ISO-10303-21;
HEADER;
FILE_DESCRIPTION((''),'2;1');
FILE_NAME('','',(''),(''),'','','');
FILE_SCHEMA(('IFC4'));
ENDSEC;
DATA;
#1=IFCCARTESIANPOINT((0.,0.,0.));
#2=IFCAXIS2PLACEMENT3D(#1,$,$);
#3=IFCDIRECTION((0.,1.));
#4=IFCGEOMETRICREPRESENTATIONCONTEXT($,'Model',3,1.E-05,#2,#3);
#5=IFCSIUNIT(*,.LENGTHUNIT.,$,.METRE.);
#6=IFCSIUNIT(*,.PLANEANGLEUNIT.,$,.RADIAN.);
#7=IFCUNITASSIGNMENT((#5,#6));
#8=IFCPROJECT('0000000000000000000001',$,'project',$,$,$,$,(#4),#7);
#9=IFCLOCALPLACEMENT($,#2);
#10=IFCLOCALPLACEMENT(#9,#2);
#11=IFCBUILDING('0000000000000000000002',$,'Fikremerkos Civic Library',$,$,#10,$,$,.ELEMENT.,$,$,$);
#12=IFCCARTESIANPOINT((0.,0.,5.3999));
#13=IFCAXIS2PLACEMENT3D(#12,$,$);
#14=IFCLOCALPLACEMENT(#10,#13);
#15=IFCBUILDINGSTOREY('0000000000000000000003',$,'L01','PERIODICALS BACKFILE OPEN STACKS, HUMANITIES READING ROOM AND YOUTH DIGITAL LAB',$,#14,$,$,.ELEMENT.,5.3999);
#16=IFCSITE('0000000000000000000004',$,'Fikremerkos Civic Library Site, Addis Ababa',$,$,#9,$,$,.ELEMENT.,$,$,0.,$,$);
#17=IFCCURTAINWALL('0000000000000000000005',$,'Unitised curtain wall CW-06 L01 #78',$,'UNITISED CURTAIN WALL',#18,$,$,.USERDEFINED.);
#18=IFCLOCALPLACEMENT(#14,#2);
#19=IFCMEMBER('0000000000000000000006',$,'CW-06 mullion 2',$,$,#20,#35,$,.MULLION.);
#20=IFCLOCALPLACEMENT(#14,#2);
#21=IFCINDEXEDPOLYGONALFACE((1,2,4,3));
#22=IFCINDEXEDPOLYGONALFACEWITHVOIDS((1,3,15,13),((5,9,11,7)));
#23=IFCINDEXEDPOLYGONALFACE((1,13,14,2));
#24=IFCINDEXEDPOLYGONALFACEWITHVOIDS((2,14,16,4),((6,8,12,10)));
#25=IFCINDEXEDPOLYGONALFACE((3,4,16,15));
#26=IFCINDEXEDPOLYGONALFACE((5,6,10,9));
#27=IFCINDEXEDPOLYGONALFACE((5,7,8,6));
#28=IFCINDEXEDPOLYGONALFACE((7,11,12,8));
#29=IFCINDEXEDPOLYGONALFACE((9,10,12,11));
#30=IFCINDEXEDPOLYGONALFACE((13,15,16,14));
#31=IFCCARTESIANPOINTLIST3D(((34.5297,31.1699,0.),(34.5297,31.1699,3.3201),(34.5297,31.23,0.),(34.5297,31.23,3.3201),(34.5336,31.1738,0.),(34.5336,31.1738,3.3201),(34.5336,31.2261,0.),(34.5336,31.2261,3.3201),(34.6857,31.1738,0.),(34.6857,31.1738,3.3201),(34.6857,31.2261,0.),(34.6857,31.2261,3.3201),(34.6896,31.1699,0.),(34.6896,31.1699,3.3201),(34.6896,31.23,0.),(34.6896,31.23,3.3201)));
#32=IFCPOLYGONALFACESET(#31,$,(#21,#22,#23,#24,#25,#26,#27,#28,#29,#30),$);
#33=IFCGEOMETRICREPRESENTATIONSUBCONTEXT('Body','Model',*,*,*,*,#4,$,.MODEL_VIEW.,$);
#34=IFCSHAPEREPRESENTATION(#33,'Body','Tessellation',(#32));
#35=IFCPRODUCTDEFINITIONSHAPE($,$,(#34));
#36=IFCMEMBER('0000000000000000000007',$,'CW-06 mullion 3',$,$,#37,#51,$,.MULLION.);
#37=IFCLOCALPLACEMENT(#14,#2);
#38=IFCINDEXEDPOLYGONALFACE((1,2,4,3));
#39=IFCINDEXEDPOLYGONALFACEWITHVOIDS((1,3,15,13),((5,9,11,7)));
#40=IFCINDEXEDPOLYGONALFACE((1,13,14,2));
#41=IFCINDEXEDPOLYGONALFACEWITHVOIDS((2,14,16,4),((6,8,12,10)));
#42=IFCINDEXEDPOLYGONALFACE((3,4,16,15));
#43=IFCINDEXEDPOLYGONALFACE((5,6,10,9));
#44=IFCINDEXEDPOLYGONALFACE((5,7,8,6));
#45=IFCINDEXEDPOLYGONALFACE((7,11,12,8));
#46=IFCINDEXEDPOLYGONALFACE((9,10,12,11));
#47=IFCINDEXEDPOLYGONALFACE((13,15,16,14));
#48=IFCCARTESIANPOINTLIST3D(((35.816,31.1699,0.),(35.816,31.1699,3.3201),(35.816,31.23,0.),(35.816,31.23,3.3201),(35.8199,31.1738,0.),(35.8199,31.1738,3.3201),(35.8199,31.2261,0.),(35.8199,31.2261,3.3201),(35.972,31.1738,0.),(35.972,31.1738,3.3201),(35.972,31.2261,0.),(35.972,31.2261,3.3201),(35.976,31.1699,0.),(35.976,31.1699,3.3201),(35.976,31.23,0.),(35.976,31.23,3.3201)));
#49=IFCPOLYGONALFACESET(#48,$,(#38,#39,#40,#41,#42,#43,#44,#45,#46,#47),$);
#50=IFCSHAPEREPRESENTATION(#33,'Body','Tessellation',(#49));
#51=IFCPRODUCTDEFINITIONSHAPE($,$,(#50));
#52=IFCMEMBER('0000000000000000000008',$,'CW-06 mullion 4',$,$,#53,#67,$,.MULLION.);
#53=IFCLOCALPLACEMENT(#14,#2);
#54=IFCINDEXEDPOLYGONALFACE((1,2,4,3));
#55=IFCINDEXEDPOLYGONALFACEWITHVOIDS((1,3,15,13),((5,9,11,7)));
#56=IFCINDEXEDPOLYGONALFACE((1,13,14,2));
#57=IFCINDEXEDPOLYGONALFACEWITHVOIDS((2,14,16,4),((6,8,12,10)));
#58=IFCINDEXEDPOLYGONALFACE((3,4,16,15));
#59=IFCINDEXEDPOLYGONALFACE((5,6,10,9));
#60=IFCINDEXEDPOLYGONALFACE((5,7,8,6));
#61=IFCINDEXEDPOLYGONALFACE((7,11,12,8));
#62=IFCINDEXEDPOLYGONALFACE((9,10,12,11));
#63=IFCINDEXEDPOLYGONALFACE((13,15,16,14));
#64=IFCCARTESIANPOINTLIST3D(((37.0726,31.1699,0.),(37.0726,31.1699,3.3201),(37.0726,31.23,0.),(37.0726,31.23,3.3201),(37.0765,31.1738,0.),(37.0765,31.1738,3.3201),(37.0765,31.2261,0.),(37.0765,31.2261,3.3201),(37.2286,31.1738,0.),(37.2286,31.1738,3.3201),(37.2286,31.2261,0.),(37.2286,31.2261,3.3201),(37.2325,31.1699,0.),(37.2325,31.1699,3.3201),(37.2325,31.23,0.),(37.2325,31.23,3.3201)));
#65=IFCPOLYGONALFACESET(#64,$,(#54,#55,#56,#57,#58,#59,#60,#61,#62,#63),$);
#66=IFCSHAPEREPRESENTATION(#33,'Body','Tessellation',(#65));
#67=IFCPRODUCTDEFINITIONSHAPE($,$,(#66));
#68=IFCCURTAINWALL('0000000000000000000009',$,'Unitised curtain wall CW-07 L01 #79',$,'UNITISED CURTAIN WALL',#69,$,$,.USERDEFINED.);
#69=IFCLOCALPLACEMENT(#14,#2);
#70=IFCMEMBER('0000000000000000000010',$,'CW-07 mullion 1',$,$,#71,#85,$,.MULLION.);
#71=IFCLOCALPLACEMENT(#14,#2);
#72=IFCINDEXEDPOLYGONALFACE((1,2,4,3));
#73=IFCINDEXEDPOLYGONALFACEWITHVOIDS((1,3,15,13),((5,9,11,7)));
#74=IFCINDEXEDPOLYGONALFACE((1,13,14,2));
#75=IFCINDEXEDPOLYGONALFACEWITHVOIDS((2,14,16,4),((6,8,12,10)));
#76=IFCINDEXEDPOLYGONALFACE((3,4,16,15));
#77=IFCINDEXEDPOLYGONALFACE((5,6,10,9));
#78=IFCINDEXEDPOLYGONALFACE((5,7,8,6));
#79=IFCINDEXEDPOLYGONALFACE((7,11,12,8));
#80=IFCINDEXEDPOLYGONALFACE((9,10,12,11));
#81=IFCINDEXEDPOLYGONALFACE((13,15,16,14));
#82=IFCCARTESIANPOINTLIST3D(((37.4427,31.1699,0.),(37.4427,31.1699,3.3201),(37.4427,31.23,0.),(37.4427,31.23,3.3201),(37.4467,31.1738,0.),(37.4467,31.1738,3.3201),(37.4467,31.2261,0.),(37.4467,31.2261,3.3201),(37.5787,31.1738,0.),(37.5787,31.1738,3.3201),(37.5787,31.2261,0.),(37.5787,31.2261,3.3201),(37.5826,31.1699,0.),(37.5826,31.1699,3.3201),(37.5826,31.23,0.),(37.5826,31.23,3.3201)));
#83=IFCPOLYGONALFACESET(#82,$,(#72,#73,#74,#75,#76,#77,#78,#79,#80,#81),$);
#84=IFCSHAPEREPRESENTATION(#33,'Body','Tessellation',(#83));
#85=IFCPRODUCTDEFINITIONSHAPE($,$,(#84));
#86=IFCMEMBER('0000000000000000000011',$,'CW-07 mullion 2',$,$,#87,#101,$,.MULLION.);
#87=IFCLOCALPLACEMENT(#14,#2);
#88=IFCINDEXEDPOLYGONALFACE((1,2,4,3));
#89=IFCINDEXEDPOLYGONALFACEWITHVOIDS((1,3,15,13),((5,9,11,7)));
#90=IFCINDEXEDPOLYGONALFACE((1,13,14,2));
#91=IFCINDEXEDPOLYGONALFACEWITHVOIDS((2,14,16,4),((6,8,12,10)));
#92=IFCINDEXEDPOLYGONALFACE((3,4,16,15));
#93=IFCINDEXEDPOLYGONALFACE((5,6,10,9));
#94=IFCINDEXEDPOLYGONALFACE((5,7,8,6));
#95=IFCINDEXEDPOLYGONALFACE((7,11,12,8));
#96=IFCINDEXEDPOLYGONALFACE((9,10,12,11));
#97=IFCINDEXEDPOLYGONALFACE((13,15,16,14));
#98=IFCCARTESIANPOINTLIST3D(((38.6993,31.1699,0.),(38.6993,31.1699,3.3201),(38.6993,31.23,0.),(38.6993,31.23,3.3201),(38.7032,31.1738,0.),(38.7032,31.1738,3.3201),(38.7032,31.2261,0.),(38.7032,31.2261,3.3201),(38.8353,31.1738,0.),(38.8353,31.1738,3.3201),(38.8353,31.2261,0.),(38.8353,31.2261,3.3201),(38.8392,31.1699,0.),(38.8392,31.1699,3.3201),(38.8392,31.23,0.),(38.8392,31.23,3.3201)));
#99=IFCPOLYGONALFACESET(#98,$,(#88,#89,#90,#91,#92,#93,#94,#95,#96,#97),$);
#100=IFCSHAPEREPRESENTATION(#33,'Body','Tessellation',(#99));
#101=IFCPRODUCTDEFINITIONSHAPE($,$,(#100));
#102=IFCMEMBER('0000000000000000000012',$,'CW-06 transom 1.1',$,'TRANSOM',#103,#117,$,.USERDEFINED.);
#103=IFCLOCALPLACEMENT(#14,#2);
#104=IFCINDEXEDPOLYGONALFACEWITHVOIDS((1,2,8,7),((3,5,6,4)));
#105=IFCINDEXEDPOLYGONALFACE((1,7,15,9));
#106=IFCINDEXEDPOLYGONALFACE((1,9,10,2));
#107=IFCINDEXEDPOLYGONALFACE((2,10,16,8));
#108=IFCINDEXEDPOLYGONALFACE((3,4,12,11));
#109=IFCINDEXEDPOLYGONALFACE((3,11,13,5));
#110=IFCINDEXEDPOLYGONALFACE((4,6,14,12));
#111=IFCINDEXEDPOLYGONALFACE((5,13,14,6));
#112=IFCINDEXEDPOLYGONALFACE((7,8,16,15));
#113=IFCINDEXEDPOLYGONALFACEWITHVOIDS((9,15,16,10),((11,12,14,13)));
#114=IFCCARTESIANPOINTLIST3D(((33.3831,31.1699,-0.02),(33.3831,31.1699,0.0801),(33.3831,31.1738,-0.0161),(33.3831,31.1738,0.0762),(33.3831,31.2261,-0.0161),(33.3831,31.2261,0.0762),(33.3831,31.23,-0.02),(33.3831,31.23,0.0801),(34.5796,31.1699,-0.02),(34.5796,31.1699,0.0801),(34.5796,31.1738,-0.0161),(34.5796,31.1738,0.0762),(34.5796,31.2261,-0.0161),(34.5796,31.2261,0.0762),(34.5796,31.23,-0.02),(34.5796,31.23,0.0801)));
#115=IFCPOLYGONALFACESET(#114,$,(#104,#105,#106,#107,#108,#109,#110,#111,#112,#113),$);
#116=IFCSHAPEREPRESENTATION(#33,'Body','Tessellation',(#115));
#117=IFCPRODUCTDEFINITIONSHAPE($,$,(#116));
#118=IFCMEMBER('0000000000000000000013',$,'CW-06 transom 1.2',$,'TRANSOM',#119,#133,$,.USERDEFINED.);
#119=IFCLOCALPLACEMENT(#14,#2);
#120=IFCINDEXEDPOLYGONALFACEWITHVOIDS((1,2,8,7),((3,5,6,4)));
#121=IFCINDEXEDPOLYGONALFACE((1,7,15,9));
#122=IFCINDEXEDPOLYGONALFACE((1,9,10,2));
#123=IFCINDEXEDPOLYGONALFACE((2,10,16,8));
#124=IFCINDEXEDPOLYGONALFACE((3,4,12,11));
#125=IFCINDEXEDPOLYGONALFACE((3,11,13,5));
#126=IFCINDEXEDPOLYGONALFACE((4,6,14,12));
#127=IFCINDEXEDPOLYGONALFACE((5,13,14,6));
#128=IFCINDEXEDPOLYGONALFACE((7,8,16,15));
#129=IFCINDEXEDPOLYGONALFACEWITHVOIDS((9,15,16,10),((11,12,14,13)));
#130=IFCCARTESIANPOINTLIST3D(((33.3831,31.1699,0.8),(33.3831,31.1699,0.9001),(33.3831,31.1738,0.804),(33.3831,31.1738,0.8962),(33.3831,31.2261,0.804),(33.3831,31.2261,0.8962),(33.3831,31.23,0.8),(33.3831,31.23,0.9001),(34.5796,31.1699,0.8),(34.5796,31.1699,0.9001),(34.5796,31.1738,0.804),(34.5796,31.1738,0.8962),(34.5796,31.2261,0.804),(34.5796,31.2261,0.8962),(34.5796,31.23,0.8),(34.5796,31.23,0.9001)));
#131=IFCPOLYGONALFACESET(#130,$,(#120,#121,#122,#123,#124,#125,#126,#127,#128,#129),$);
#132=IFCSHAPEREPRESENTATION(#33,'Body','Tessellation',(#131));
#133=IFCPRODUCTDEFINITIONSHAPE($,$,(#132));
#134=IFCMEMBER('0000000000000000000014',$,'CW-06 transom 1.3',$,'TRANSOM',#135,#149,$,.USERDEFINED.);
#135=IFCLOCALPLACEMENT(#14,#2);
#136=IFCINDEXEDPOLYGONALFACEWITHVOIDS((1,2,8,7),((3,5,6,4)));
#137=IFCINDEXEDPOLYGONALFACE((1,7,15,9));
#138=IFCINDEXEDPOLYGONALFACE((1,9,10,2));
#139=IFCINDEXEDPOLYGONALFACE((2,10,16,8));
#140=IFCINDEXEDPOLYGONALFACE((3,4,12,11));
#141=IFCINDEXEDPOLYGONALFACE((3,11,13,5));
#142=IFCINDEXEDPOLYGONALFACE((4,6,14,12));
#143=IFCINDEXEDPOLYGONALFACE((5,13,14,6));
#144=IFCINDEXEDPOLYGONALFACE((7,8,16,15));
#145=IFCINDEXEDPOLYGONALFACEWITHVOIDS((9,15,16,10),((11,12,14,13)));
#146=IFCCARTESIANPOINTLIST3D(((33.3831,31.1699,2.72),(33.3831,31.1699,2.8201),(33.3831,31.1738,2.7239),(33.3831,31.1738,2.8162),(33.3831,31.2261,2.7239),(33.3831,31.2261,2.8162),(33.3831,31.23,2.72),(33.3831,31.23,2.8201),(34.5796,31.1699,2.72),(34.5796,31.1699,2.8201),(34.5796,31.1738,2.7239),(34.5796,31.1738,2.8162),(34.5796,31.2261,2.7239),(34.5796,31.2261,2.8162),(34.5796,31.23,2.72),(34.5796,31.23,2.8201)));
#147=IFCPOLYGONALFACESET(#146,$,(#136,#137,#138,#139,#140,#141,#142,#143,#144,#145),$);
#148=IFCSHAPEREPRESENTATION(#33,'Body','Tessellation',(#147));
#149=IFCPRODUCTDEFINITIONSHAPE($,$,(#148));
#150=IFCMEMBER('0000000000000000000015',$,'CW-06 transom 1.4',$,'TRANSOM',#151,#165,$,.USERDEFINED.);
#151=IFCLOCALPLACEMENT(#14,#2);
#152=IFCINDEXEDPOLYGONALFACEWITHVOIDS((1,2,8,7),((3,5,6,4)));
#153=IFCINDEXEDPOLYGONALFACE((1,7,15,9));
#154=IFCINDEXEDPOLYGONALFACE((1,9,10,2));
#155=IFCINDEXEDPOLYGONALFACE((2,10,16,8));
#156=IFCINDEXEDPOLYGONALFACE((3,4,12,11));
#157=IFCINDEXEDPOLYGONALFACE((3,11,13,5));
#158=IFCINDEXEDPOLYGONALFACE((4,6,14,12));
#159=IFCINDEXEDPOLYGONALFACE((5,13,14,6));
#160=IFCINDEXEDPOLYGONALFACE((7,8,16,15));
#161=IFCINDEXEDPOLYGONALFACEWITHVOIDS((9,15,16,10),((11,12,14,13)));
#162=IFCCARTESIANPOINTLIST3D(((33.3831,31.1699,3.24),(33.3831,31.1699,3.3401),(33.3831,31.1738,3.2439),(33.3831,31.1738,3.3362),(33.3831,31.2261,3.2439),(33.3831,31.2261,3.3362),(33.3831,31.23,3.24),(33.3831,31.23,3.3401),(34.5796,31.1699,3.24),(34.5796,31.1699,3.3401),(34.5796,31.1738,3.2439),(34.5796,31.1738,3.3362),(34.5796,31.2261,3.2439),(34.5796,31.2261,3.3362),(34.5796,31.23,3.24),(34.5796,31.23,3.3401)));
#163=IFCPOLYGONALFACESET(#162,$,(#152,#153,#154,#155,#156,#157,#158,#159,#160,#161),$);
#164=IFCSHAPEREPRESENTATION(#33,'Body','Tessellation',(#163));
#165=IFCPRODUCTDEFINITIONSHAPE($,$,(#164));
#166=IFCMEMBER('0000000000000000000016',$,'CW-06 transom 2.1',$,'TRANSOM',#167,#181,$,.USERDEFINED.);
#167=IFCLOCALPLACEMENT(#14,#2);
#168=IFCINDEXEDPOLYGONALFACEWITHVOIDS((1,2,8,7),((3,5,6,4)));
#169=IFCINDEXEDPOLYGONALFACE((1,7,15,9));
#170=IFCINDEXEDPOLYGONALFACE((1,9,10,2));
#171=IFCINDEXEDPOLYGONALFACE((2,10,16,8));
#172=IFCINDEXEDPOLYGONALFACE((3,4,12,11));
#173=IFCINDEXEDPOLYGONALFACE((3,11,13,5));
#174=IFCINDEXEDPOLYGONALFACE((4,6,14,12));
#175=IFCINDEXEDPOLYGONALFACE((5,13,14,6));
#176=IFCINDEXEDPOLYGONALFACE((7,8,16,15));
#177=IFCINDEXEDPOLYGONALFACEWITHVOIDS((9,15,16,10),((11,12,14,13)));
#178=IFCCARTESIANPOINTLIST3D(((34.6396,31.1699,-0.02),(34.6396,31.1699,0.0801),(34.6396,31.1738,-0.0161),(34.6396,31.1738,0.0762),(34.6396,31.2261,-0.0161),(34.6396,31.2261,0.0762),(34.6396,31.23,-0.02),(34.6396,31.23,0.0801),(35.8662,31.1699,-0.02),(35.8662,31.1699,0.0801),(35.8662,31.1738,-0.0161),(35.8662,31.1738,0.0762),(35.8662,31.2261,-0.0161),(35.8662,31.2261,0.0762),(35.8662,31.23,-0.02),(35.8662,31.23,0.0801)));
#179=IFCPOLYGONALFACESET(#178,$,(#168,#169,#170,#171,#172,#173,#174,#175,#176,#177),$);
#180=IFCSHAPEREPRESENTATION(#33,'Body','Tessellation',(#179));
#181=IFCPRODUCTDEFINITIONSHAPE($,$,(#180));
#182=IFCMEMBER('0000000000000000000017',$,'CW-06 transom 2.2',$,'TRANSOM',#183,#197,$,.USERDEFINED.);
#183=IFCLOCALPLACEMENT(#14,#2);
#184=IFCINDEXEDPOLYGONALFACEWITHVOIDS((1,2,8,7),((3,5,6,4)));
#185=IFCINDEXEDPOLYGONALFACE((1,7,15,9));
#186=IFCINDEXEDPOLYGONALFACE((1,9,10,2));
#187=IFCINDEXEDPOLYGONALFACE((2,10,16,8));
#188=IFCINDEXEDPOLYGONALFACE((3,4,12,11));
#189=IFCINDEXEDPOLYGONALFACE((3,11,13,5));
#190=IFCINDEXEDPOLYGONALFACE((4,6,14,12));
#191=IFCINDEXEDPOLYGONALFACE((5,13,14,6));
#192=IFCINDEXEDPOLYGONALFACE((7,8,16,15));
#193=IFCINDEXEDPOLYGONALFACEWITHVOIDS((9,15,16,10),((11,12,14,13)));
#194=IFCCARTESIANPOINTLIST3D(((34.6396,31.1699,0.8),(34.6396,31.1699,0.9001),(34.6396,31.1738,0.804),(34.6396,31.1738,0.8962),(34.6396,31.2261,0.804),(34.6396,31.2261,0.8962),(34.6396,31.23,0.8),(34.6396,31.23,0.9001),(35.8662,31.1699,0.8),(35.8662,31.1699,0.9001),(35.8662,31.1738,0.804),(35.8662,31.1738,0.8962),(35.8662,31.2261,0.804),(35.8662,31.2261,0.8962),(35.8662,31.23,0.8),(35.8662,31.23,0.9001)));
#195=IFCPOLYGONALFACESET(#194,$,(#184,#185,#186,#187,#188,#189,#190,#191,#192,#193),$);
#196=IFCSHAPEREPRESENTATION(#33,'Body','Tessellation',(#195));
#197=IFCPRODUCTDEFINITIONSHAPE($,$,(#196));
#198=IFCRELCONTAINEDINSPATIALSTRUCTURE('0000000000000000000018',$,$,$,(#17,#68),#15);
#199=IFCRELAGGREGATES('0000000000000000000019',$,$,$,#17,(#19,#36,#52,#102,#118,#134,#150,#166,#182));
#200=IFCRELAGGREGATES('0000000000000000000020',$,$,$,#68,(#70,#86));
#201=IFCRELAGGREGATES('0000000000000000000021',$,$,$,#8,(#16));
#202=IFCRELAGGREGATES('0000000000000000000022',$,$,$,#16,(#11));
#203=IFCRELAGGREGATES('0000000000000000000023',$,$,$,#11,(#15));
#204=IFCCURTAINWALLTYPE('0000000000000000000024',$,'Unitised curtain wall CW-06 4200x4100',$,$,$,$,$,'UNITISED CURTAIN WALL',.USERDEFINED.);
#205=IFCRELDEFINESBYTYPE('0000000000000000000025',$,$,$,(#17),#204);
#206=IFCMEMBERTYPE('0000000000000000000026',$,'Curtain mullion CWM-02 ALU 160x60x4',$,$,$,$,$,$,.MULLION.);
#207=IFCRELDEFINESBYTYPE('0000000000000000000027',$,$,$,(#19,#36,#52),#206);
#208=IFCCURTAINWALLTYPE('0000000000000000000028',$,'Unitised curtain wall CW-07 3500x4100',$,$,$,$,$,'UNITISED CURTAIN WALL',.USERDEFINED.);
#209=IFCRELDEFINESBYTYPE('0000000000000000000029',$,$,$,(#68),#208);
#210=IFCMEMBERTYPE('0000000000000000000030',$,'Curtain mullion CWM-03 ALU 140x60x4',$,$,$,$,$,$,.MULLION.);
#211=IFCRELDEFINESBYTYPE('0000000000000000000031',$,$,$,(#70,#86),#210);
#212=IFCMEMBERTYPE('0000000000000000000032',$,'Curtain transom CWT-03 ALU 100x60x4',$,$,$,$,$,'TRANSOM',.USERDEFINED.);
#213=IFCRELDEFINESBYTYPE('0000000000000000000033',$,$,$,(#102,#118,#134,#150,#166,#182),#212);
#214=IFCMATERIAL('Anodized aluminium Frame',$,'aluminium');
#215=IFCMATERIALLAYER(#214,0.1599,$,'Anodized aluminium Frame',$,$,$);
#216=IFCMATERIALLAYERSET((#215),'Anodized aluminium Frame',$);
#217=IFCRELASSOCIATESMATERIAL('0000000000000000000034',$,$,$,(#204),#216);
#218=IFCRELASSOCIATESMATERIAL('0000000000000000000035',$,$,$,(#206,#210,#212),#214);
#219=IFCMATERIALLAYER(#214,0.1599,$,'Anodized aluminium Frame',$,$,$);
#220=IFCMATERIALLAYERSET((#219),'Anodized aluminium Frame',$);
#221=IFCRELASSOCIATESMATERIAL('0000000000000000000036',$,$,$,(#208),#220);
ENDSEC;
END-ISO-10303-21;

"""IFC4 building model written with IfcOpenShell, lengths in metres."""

from ifc_helpers import new_model, si_unit, direction, frame, origin, origin_2d, place, context, subcontext, project, spatial, hollow_rectangle, extrude, material, layer, layer_set, material_profile, profile_set, type_object, element, aggregate, save


model = new_model("IFC4")

# Units and contexts
model_context = context("Model", 3, precision=1e-05, world=origin(), true_north=direction((0.0, 1.0)))
body_context = subcontext(model_context, "Body", "Model", "MODEL_VIEW")
ifc_project = project(units=[si_unit("LENGTHUNIT", "METRE"), si_unit("PLANEANGLEUNIT", "RADIAN")], contexts=[model_context])

# Site, building, storey
site_placement = place(None, origin())
site = spatial("IfcSite", under=ifc_project, at=site_placement, Name="Fikremerkos Civic Library Site, Addis Ababa", CompositionType="ELEMENT", RefElevation=0.0)
building_placement = place(site_placement, origin())
building = spatial("IfcBuilding", under=site, at=building_placement, Name="Fikremerkos Civic Library", CompositionType="ELEMENT")
storey_placement = place(building_placement, frame((0.0, 0.0, 5.3999)))
storey = spatial("IfcBuildingStorey", under=building, at=storey_placement, Name="L01", Description="PERIODICALS BACKFILE OPEN STACKS, HUMANITIES READING ROOM AND YOUTH DIGITAL LAB", CompositionType="ELEMENT", Elevation=5.3999)

# Curtain walls, members
ifc_material_1 = material(Name="Anodized aluminium Frame", Category="aluminium")
ifc_layer_1 = layer(ifc_material_1, 0.1599, Name="Anodized aluminium Frame")
ifc_layer_set_1 = layer_set([ifc_layer_1], Name="Anodized aluminium Frame")
curtain_wall_type_1 = type_object("IfcCurtainWallType", Name="Unitised curtain wall CW-06 4200x4100", ElementType="UNITISED CURTAIN WALL", PredefinedType="USERDEFINED", material=ifc_layer_set_1)
curtain_wall_1_placement = place(storey_placement, origin())
curtain_wall_1 = element("IfcCurtainWall", 1, at=curtain_wall_1_placement, inside=storey, type_object=curtain_wall_type_1, Name="Unitised curtain wall CW-06 L01 #78", ObjectType="UNITISED CURTAIN WALL", PredefinedType="USERDEFINED")
ifc_material_profile_1 = material_profile(ifc_material_1, hollow_rectangle(XDim=0.0601, YDim=0.1599, WallThickness=0.0039, at=origin_2d()), Name="ALU 160x60x4")
ifc_profile_set_1 = profile_set([ifc_material_profile_1], Name="Anodized aluminium Frame")
member_type_1 = type_object("IfcMemberType", Name="Curtain mullion CWM-02 ALU 160x60x4", PredefinedType="MULLION", material=ifc_profile_set_1)
member_1_placement = place(storey_placement, frame((34.6096, 31.2, 0.0), z_axis=(0.0, 0.0, 1.0), x_axis=(0.0, 1.0, 0.0)))
member_1 = element("IfcMember", 2, at=member_1_placement, type_object=member_type_1, Name="CW-06 mullion 2", PredefinedType="MULLION", context=body_context, shape_type="SweptSolid", body=[
    extrude(hollow_rectangle(XDim=0.0601, YDim=0.1599, WallThickness=0.0039, at=origin_2d()), origin(), (0.0, 0.0, 1.0), 3.3201),
])
member_2_placement = place(storey_placement, frame((35.896, 31.2, 0.0), z_axis=(0.0, 0.0, 1.0), x_axis=(0.0, 1.0, 0.0)))
member_2 = element("IfcMember", 3, at=member_2_placement, type_object=member_type_1, Name="CW-06 mullion 3", PredefinedType="MULLION", context=body_context, shape_type="SweptSolid", body=[
    extrude(hollow_rectangle(XDim=0.0601, YDim=0.1599, WallThickness=0.0039, at=origin_2d()), origin(), (0.0, 0.0, 1.0), 3.3201),
])
member_3_placement = place(storey_placement, frame((37.1526, 31.2, 0.0), z_axis=(0.0, 0.0, 1.0), x_axis=(0.0, 1.0, 0.0)))
member_3 = element("IfcMember", 4, at=member_3_placement, type_object=member_type_1, Name="CW-06 mullion 4", PredefinedType="MULLION", context=body_context, shape_type="SweptSolid", body=[
    extrude(hollow_rectangle(XDim=0.0601, YDim=0.1599, WallThickness=0.0039, at=origin_2d()), origin(), (0.0, 0.0, 1.0), 3.3201),
])
ifc_layer_2 = layer(ifc_material_1, 0.1599, Name="Anodized aluminium Frame")
ifc_layer_set_2 = layer_set([ifc_layer_2], Name="Anodized aluminium Frame")
curtain_wall_type_2 = type_object("IfcCurtainWallType", Name="Unitised curtain wall CW-07 3500x4100", ElementType="UNITISED CURTAIN WALL", PredefinedType="USERDEFINED", material=ifc_layer_set_2)
curtain_wall_2_placement = place(storey_placement, origin())
curtain_wall_2 = element("IfcCurtainWall", 5, at=curtain_wall_2_placement, inside=storey, type_object=curtain_wall_type_2, Name="Unitised curtain wall CW-07 L01 #79", ObjectType="UNITISED CURTAIN WALL", PredefinedType="USERDEFINED")
ifc_material_profile_2 = material_profile(ifc_material_1, hollow_rectangle(XDim=0.0601, YDim=0.1399, WallThickness=0.0039, at=origin_2d()), Name="ALU 140x60x4")
ifc_profile_set_2 = profile_set([ifc_material_profile_2], Name="Anodized aluminium Frame")
member_type_2 = type_object("IfcMemberType", Name="Curtain mullion CWM-03 ALU 140x60x4", PredefinedType="MULLION", material=ifc_profile_set_2)
member_4_placement = place(storey_placement, frame((37.5127, 31.2, 0.0), z_axis=(0.0, 0.0, 1.0), x_axis=(0.0, 1.0, 0.0)))
member_4 = element("IfcMember", 6, at=member_4_placement, type_object=member_type_2, Name="CW-07 mullion 1", PredefinedType="MULLION", context=body_context, shape_type="SweptSolid", body=[
    extrude(hollow_rectangle(XDim=0.0601, YDim=0.1399, WallThickness=0.0039, at=origin_2d()), origin(), (0.0, 0.0, 1.0), 3.3201),
])
member_5_placement = place(storey_placement, frame((38.7693, 31.2, 0.0), z_axis=(0.0, 0.0, 1.0), x_axis=(0.0, 1.0, 0.0)))
member_5 = element("IfcMember", 7, at=member_5_placement, type_object=member_type_2, Name="CW-07 mullion 2", PredefinedType="MULLION", context=body_context, shape_type="SweptSolid", body=[
    extrude(hollow_rectangle(XDim=0.0601, YDim=0.1399, WallThickness=0.0039, at=origin_2d()), origin(), (0.0, 0.0, 1.0), 3.3201),
])

# Members
ifc_material_profile_3 = material_profile(ifc_material_1, hollow_rectangle(XDim=0.0601, YDim=0.1001, WallThickness=0.0039, at=origin_2d()), Name="ALU 100x60x4")
ifc_profile_set_3 = profile_set([ifc_material_profile_3], Name="Anodized aluminium Frame")
member_type_3 = type_object("IfcMemberType", Name="Curtain transom CWT-03 ALU 100x60x4", ElementType="TRANSOM", PredefinedType="USERDEFINED", material=ifc_profile_set_3)
member_6_placement = place(storey_placement, frame((33.3831, 31.2, 0.03), z_axis=(1.0, 0.0, 0.0), x_axis=(0.0, 1.0, 0.0)))
member_6 = element("IfcMember", 8, at=member_6_placement, type_object=member_type_3, Name="CW-06 transom 1.1", ObjectType="TRANSOM", PredefinedType="USERDEFINED", context=body_context, shape_type="SweptSolid", body=[
    extrude(hollow_rectangle(XDim=0.0601, YDim=0.1001, WallThickness=0.0039, at=origin_2d()), origin(), (0.0, 0.0, 1.0), 1.1965),
])
member_7_placement = place(storey_placement, frame((33.3831, 31.2, 0.8501), z_axis=(1.0, 0.0, 0.0), x_axis=(0.0, 1.0, 0.0)))
member_7 = element("IfcMember", 9, at=member_7_placement, type_object=member_type_3, Name="CW-06 transom 1.2", ObjectType="TRANSOM", PredefinedType="USERDEFINED", context=body_context, shape_type="SweptSolid", body=[
    extrude(hollow_rectangle(XDim=0.0601, YDim=0.1001, WallThickness=0.0039, at=origin_2d()), origin(), (0.0, 0.0, 1.0), 1.1965),
])
member_8_placement = place(storey_placement, frame((33.3831, 31.2, 2.77), z_axis=(1.0, 0.0, 0.0), x_axis=(0.0, 1.0, 0.0)))
member_8 = element("IfcMember", 10, at=member_8_placement, type_object=member_type_3, Name="CW-06 transom 1.3", ObjectType="TRANSOM", PredefinedType="USERDEFINED", context=body_context, shape_type="SweptSolid", body=[
    extrude(hollow_rectangle(XDim=0.0601, YDim=0.1001, WallThickness=0.0039, at=origin_2d()), origin(), (0.0, 0.0, 1.0), 1.1965),
])
member_9_placement = place(storey_placement, frame((33.3831, 31.2, 3.29), z_axis=(1.0, 0.0, 0.0), x_axis=(0.0, 1.0, 0.0)))
member_9 = element("IfcMember", 11, at=member_9_placement, type_object=member_type_3, Name="CW-06 transom 1.4", ObjectType="TRANSOM", PredefinedType="USERDEFINED", context=body_context, shape_type="SweptSolid", body=[
    extrude(hollow_rectangle(XDim=0.0601, YDim=0.1001, WallThickness=0.0039, at=origin_2d()), origin(), (0.0, 0.0, 1.0), 1.1965),
])
member_10_placement = place(storey_placement, frame((34.6396, 31.2, 0.03), z_axis=(1.0, 0.0, 0.0), x_axis=(0.0, 1.0, 0.0)))
member_10 = element("IfcMember", 12, at=member_10_placement, type_object=member_type_3, Name="CW-06 transom 2.1", ObjectType="TRANSOM", PredefinedType="USERDEFINED", context=body_context, shape_type="SweptSolid", body=[
    extrude(hollow_rectangle(XDim=0.0601, YDim=0.1001, WallThickness=0.0039, at=origin_2d()), origin(), (0.0, 0.0, 1.0), 1.2266),
])
member_11_placement = place(storey_placement, frame((34.6396, 31.2, 0.8501), z_axis=(1.0, 0.0, 0.0), x_axis=(0.0, 1.0, 0.0)))
member_11 = element("IfcMember", 13, at=member_11_placement, type_object=member_type_3, Name="CW-06 transom 2.2", ObjectType="TRANSOM", PredefinedType="USERDEFINED", context=body_context, shape_type="SweptSolid", body=[
    extrude(hollow_rectangle(XDim=0.0601, YDim=0.1001, WallThickness=0.0039, at=origin_2d()), origin(), (0.0, 0.0, 1.0), 1.2266),
])

aggregate(curtain_wall_1, [member_1, member_2, member_3, member_6, member_7, member_8, member_9, member_10, member_11])
aggregate(curtain_wall_2, [member_4, member_5])

save(model, "model.ifc")
